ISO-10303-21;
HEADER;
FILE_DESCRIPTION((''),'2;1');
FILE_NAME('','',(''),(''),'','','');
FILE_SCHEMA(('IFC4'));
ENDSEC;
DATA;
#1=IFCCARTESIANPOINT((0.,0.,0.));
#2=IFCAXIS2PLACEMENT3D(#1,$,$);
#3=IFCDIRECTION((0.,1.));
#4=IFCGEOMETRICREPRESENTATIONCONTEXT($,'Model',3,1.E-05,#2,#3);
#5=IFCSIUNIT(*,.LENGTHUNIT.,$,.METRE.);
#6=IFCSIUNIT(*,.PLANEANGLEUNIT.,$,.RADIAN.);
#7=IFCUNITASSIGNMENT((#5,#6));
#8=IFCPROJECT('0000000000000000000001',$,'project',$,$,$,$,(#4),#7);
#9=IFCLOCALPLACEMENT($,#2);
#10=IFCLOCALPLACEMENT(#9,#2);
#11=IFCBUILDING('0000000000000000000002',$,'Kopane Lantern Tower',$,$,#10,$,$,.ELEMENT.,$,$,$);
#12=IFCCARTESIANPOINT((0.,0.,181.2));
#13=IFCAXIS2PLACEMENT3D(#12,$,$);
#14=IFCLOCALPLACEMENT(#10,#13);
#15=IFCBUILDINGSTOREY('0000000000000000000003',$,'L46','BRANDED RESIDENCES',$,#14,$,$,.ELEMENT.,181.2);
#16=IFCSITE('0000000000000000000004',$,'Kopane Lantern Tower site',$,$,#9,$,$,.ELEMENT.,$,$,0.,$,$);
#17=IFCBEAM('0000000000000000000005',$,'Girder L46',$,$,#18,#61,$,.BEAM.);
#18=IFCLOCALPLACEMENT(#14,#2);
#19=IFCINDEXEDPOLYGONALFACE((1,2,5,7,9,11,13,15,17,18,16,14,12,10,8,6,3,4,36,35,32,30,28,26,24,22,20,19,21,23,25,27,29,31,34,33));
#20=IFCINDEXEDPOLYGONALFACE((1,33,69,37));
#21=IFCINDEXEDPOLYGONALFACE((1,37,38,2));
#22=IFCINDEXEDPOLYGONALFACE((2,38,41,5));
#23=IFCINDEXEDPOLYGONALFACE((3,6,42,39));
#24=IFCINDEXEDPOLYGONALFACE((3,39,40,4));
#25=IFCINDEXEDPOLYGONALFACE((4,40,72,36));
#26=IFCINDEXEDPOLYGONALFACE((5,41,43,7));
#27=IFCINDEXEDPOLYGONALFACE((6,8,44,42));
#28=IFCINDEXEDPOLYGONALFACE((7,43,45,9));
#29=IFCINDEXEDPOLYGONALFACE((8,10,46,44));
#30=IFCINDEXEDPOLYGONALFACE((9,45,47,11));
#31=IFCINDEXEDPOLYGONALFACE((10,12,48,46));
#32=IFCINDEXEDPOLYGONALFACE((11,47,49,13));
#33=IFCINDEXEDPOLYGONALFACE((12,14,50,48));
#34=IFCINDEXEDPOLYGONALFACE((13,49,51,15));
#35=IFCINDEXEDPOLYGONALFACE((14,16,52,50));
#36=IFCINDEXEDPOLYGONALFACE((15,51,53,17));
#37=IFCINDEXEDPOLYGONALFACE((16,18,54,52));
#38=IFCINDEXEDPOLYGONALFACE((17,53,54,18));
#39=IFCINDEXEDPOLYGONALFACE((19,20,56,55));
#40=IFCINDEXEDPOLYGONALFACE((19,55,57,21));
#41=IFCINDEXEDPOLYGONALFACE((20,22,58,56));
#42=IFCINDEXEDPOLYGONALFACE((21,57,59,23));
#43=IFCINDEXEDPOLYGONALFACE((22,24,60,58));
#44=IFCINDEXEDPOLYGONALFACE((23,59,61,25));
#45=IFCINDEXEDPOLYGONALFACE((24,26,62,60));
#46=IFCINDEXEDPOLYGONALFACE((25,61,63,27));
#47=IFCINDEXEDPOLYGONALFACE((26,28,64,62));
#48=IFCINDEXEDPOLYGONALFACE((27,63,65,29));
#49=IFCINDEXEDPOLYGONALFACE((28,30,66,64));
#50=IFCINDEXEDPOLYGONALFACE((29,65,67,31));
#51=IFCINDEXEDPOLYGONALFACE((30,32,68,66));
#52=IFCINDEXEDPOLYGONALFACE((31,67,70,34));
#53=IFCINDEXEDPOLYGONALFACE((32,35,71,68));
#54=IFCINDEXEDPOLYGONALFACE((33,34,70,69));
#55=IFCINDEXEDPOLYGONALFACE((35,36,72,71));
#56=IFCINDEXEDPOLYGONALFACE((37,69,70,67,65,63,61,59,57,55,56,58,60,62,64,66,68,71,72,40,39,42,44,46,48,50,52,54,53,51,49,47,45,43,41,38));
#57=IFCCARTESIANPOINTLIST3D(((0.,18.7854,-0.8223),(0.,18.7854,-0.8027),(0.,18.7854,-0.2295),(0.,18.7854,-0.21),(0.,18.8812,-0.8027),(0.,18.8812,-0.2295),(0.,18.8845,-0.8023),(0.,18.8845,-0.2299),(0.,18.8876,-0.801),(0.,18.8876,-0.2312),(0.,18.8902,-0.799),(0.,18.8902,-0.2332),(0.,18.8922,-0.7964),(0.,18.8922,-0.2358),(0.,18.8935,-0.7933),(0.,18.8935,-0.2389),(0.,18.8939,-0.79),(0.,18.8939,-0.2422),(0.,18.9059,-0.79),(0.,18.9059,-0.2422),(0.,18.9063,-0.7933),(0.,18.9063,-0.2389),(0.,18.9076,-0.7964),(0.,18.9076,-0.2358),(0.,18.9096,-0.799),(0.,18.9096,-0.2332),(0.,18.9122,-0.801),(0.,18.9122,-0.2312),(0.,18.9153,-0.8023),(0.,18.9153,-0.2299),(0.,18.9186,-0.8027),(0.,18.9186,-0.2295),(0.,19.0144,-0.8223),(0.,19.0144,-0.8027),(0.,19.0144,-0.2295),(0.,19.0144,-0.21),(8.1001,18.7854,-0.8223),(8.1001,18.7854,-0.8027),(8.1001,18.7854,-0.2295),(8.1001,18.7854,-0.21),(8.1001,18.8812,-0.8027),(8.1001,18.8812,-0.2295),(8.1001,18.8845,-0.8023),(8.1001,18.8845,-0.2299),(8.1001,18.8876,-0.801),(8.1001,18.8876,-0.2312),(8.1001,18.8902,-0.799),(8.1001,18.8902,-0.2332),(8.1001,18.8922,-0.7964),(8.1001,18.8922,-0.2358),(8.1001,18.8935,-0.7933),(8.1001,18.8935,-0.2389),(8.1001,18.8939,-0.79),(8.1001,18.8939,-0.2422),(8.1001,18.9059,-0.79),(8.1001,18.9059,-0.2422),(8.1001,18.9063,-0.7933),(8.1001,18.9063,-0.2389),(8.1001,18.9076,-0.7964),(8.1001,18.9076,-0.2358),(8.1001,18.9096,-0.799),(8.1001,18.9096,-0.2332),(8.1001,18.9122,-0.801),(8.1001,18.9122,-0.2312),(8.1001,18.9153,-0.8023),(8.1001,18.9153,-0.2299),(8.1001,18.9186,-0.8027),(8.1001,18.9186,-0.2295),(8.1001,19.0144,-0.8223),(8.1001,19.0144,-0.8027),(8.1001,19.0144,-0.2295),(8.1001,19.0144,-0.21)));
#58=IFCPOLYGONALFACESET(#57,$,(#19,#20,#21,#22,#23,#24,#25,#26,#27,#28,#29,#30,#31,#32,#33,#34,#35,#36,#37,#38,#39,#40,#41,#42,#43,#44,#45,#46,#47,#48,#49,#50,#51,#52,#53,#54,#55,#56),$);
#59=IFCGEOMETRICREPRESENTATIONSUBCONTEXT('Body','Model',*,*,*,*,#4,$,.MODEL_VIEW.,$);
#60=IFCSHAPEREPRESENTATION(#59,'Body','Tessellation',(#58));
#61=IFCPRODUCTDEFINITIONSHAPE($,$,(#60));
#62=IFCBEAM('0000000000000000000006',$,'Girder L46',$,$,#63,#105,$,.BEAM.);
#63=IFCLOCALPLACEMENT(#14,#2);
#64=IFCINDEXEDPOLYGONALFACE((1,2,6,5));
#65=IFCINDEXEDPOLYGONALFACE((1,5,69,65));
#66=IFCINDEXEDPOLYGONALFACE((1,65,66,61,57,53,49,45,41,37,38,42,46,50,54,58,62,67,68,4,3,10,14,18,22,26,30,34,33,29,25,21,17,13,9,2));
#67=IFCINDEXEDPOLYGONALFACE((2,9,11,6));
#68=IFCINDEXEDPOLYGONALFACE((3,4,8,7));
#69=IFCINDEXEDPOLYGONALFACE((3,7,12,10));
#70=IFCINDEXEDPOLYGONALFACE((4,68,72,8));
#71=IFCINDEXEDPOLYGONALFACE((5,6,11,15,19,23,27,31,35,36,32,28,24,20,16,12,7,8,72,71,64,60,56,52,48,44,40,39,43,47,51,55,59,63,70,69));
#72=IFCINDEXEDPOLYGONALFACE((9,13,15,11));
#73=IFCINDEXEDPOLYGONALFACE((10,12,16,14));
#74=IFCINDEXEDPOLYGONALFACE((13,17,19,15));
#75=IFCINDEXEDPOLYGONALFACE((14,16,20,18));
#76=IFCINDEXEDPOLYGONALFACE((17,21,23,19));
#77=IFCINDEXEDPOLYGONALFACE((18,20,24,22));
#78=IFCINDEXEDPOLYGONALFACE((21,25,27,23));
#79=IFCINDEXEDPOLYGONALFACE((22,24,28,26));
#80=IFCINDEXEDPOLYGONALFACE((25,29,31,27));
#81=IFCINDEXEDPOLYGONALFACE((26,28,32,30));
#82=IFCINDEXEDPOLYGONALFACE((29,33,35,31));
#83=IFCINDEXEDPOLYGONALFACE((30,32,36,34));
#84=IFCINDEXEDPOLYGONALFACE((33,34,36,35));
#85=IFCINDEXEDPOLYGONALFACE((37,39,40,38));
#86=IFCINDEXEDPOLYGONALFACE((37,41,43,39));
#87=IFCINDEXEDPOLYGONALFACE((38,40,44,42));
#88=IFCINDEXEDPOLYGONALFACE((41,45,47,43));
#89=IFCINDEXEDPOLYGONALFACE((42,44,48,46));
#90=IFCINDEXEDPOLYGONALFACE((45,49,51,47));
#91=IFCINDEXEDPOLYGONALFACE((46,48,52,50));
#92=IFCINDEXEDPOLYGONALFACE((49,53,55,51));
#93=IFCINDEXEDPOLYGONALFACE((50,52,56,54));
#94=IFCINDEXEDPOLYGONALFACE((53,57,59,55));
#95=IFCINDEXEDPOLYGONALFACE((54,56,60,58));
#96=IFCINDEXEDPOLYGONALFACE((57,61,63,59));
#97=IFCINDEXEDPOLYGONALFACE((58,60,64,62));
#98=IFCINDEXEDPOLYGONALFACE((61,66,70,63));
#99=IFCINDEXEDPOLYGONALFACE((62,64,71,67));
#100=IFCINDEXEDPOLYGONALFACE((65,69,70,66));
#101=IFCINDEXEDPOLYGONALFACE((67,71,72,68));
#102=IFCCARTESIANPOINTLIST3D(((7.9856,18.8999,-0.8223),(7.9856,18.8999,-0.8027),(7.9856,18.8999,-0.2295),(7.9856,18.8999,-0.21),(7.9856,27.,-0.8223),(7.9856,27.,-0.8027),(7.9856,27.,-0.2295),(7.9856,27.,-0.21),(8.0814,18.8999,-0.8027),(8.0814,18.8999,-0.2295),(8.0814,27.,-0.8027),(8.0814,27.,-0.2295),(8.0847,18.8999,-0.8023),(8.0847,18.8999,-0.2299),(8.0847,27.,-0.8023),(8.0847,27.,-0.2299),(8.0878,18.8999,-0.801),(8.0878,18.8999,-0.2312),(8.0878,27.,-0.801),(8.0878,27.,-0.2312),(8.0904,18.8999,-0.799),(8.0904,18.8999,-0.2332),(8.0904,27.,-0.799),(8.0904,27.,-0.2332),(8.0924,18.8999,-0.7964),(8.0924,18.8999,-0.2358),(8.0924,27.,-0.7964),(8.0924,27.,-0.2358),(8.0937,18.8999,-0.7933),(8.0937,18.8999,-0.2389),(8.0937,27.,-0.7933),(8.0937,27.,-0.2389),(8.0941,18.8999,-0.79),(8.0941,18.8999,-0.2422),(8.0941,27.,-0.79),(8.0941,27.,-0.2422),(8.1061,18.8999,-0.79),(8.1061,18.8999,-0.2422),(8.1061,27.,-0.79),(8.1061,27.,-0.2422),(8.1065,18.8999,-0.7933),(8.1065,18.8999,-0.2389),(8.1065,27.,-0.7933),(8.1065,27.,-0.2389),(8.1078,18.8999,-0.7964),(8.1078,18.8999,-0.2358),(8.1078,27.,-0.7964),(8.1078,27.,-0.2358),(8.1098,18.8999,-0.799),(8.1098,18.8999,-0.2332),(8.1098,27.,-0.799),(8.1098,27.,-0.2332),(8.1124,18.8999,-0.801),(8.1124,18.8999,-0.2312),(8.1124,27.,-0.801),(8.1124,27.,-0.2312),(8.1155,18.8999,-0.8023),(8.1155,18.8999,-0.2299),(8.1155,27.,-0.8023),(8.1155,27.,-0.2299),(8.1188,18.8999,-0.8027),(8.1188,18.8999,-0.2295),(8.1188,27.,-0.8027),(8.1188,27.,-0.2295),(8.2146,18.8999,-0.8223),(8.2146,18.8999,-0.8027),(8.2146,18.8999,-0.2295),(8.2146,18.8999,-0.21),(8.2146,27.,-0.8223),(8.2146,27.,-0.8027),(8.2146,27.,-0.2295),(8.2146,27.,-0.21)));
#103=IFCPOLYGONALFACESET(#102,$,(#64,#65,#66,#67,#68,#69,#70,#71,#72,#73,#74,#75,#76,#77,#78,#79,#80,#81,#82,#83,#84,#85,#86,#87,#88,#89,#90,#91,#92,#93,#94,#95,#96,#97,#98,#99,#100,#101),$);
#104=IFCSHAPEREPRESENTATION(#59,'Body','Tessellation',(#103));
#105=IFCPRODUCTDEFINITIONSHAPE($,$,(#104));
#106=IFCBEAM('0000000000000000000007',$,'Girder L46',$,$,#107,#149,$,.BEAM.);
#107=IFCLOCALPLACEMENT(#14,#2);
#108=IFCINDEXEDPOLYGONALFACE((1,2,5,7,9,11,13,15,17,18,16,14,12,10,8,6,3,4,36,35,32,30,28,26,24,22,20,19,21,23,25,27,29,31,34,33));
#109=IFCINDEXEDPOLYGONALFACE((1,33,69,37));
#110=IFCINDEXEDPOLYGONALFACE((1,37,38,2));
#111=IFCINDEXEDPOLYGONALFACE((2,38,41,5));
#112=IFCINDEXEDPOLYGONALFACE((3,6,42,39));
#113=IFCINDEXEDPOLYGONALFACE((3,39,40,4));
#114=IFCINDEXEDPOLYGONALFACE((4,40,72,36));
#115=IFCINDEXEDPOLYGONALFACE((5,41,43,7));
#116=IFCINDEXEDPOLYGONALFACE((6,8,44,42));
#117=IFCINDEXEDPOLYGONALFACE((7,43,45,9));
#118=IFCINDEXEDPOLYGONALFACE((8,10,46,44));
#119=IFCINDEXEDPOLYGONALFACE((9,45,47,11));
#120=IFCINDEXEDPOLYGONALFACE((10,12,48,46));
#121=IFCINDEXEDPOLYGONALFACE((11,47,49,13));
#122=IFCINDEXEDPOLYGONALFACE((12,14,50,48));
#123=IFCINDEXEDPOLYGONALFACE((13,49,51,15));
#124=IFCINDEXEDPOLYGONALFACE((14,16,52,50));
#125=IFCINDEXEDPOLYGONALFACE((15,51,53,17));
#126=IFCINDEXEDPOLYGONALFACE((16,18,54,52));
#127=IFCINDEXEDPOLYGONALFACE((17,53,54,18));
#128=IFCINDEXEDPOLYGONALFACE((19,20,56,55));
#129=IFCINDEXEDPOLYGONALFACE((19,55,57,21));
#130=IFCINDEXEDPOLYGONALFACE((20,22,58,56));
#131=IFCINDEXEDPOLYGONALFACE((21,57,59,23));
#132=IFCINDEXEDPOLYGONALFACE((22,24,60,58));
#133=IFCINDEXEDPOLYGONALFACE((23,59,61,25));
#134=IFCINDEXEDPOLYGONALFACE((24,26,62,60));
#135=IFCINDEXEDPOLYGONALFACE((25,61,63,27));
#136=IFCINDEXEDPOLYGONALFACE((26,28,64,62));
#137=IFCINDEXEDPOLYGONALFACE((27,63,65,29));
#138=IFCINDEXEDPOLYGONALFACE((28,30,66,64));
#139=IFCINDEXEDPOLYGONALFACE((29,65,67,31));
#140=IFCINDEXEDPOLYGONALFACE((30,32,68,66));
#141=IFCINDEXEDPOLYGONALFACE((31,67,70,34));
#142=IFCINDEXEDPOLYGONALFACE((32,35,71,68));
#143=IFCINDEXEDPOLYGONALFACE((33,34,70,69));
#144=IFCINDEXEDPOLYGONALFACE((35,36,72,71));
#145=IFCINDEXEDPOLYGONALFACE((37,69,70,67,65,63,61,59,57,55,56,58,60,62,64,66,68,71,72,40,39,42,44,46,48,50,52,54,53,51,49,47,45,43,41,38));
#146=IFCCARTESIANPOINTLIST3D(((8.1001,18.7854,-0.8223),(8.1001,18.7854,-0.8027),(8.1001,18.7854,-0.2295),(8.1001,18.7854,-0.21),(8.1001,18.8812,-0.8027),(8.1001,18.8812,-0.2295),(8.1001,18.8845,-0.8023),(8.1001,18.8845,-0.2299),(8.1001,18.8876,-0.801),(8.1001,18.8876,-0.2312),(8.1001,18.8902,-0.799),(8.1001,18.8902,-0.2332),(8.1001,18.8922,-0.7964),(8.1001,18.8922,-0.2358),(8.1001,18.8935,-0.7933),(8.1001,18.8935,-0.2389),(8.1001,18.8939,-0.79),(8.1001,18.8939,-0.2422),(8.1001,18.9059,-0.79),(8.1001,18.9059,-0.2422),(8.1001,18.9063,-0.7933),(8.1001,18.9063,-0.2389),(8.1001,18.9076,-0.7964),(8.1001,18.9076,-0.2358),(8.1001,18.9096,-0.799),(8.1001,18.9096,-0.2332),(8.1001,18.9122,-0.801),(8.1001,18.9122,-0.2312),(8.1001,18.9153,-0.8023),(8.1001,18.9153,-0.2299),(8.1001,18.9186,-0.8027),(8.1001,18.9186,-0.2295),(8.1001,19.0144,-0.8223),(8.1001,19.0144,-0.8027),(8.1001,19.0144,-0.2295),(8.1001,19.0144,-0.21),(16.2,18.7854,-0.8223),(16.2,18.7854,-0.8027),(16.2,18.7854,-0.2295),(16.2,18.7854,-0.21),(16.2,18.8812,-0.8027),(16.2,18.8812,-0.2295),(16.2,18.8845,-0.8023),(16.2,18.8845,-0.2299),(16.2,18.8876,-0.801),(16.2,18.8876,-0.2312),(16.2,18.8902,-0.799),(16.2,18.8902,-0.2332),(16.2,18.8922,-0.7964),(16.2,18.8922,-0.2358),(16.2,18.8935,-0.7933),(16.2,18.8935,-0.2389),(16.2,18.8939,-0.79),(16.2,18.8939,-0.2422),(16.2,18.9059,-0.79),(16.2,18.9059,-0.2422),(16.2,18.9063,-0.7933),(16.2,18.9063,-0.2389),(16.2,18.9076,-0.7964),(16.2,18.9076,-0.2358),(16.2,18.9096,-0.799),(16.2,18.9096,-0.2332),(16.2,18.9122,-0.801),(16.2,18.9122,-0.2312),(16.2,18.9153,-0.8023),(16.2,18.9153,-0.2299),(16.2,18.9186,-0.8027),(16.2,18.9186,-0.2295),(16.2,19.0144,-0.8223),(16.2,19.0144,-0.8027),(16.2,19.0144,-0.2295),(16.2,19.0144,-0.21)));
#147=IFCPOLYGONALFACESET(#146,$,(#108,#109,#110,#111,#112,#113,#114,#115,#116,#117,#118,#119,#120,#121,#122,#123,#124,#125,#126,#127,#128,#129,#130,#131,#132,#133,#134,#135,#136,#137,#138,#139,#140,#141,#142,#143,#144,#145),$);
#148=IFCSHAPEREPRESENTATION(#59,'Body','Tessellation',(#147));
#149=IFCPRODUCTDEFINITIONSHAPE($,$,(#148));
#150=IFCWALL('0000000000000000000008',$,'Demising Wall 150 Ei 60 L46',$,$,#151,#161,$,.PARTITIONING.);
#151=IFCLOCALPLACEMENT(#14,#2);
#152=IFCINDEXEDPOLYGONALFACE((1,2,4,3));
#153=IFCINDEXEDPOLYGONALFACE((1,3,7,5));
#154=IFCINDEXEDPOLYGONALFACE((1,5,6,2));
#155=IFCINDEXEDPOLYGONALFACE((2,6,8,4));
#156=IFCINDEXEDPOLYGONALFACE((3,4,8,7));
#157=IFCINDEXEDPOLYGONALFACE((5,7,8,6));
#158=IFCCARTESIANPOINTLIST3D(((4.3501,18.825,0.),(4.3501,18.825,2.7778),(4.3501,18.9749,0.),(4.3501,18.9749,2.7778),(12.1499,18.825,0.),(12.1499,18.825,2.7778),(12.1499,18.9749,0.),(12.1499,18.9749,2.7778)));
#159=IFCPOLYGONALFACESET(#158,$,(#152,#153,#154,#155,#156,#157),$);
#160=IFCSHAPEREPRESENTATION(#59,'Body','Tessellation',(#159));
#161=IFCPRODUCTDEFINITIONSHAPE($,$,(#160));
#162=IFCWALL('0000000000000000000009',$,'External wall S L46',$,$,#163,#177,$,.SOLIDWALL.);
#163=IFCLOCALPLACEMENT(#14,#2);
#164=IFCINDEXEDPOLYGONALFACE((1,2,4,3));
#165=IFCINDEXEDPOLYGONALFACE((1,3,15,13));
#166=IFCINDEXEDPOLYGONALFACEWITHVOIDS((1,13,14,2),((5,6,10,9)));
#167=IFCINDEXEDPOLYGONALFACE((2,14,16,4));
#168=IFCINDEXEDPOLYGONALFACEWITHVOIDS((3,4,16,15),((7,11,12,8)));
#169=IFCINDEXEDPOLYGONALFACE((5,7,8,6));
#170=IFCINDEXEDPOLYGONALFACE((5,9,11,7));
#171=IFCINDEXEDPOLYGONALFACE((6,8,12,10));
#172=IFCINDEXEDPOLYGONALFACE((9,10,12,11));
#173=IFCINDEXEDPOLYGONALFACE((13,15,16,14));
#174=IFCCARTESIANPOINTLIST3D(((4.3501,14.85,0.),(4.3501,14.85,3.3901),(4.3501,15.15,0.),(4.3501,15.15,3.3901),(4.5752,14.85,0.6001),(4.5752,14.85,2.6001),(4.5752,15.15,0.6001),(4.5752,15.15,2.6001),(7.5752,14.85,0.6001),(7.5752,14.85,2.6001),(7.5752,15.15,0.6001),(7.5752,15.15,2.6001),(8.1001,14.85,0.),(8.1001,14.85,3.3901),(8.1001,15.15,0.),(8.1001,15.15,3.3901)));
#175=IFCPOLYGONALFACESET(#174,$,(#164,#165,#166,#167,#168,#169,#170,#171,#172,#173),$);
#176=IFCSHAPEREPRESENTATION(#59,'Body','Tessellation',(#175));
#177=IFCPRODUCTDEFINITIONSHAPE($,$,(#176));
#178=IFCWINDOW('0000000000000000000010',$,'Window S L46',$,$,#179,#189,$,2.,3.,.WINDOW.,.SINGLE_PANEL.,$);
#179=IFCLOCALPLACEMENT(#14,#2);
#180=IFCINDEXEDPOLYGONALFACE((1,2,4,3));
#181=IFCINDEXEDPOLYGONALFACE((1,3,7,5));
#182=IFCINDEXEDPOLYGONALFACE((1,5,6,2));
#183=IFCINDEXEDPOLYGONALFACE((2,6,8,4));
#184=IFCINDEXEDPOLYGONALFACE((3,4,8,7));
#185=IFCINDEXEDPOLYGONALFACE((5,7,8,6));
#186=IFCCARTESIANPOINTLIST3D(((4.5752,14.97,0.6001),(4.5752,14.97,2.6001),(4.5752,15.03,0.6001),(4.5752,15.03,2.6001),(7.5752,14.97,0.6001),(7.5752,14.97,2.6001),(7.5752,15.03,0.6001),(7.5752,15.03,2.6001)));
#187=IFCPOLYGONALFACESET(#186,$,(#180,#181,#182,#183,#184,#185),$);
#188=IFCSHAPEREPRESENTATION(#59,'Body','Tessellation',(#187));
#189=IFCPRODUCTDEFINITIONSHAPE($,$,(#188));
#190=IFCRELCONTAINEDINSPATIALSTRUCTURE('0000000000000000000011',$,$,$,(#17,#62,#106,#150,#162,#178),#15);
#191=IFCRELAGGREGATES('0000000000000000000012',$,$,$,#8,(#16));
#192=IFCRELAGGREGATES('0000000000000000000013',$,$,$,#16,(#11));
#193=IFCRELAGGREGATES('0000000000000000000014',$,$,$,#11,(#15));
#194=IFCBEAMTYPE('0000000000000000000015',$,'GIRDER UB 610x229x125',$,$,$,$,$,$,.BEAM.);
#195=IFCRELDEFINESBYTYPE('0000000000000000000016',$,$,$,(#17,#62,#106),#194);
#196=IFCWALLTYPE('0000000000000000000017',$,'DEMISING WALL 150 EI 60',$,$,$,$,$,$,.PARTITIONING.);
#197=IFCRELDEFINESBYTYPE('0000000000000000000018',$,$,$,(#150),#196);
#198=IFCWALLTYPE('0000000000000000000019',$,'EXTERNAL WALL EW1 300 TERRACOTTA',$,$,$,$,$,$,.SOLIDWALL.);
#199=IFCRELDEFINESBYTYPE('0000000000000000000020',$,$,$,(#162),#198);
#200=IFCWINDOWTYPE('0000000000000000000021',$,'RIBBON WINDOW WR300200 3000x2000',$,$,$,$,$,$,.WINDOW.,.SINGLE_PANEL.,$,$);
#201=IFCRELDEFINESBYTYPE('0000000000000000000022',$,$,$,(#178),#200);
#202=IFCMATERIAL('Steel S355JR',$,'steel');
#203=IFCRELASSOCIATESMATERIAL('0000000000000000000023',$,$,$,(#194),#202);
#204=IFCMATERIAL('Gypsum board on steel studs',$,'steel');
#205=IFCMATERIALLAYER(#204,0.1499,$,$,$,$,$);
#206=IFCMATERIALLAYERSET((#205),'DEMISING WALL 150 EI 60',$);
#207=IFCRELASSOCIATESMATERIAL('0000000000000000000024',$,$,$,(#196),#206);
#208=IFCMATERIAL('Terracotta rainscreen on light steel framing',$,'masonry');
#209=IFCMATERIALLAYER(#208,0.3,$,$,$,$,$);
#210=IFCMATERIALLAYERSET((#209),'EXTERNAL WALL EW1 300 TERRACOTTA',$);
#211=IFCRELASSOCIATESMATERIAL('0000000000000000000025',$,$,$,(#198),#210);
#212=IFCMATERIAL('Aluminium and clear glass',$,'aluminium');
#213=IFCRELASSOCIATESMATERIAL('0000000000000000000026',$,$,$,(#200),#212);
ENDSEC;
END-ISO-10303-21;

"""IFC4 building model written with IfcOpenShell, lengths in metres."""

from ifc_helpers import new_model, si_unit, direction, frame, frame_2d, origin, origin_2d, place, context, subcontext, project, spatial, rectangle, i_section, extrude, material, layer, layer_set, material_profile, profile_set, type_object, element, fill, save


model = new_model("IFC4")

# Units and contexts
model_context = context("Model", 3, precision=1e-05, world=origin(), true_north=direction((0.0, 1.0)))
body_context = subcontext(model_context, "Body", "Model", "MODEL_VIEW")
ifc_project = project(units=[si_unit("LENGTHUNIT", "METRE"), si_unit("PLANEANGLEUNIT", "RADIAN")], contexts=[model_context])

# Site, building, storey
site_placement = place(None, origin())
site = spatial("IfcSite", under=ifc_project, at=site_placement, Name="Kopane Lantern Tower site", CompositionType="ELEMENT", RefElevation=0.0)
building_placement = place(site_placement, origin())
building = spatial("IfcBuilding", under=site, at=building_placement, Name="Kopane Lantern Tower", CompositionType="ELEMENT")
storey_placement = place(building_placement, frame((0.0, 0.0, 181.2)))
storey = spatial("IfcBuildingStorey", under=building, at=storey_placement, Name="L46", Description="BRANDED RESIDENCES", CompositionType="ELEMENT", Elevation=181.2)

# Beams
ifc_material_1 = material(Name="Steel S355JR", Category="steel")
ifc_material_profile_1 = material_profile(ifc_material_1, i_section(OverallWidth=0.229, OverallDepth=0.6123, WebThickness=0.012, FlangeThickness=0.0195, FilletRadius=0.0127, at=origin_2d()), Name="UB 610x229x125")
ifc_profile_set_1 = profile_set([ifc_material_profile_1], Name="Steel S355JR")
beam_type_1 = type_object("IfcBeamType", Name="GIRDER UB 610x229x125", PredefinedType="BEAM", material=ifc_profile_set_1)
for number, where, z_axis, x_axis, name in (
    (1, (0.0, 18.8999, -0.5161), (1.0, 0.0, 0.0), (0.0, 1.0, 0.0), "Girder L46"),
    (2, (8.1001, 18.8999, -0.5161), (0.0, 1.0, 0.0), (-1.0, 0.0, 0.0), "Girder L46"),
):
    element("IfcBeam", number, at=place(storey_placement, frame(where, z_axis=z_axis, x_axis=x_axis)), inside=storey, type_object=beam_type_1, Name=name, PredefinedType="BEAM", context=body_context, shape_type="SweptSolid", body=[
        extrude(i_section(OverallWidth=0.229, OverallDepth=0.6123, WebThickness=0.012, FlangeThickness=0.0195, FilletRadius=0.0127, at=origin_2d()), origin(), (0.0, 0.0, 1.0), 8.1001),
    ])
beam_1_placement = place(storey_placement, frame((8.1001, 18.8999, -0.5161), z_axis=(1.0, 0.0, 0.0), x_axis=(0.0, 1.0, 0.0)))
element("IfcBeam", 3, at=beam_1_placement, inside=storey, type_object=beam_type_1, Name="Girder L46", PredefinedType="BEAM", context=body_context, shape_type="SweptSolid", body=[
    extrude(i_section(OverallWidth=0.229, OverallDepth=0.6123, WebThickness=0.012, FlangeThickness=0.0195, FilletRadius=0.0127, at=origin_2d()), origin(), (0.0, 0.0, 1.0), 8.0999),
])

# Wall
ifc_material_2 = material(Name="Gypsum board on steel studs", Category="steel")
ifc_layer_1 = layer(ifc_material_2, 0.1499)
ifc_layer_set_1 = layer_set([ifc_layer_1], Name="DEMISING WALL 150 EI 60")
wall_type_1 = type_object("IfcWallType", Name="DEMISING WALL 150 EI 60", PredefinedType="PARTITIONING", material=ifc_layer_set_1)
wall_1_placement = place(storey_placement, frame((4.3501, 18.8999, 0.0), z_axis=(0.0, 0.0, 1.0), x_axis=(1.0, 0.0, 0.0)))
element("IfcWall", 4, at=wall_1_placement, inside=storey, type_object=wall_type_1, Name="Demising Wall 150 Ei 60 L46", PredefinedType="PARTITIONING", context=body_context, shape_type="SweptSolid", body=[
    extrude(rectangle(XDim=7.7998, YDim=0.1499, at=frame_2d((3.8999, 0.0))), origin(), (0.0, 0.0, 1.0), 2.7778),
])

# Wall, opening, window
ifc_material_3 = material(Name="Terracotta rainscreen on light steel framing", Category="masonry")
ifc_layer_2 = layer(ifc_material_3, 0.3)
ifc_layer_set_2 = layer_set([ifc_layer_2], Name="EXTERNAL WALL EW1 300 TERRACOTTA")
wall_type_2 = type_object("IfcWallType", Name="EXTERNAL WALL EW1 300 TERRACOTTA", PredefinedType="SOLIDWALL", material=ifc_layer_set_2)
wall_2_placement = place(storey_placement, frame((4.3501, 15.0, 0.0), z_axis=(0.0, 0.0, 1.0), x_axis=(1.0, 0.0, 0.0)))
wall_2 = element("IfcWall", 5, at=wall_2_placement, inside=storey, type_object=wall_type_2, Name="External wall S L46", PredefinedType="SOLIDWALL", context=body_context, shape_type="SweptSolid", body=[
    extrude(rectangle(XDim=3.75, YDim=0.3, at=frame_2d((1.875, 0.0))), origin(), (0.0, 0.0, 1.0), 3.3901),
])
opening_1_placement = place(wall_2_placement, frame((0.2251, 0.0, 0.6001)))
opening_1 = element("IfcOpeningElement", 6, at=opening_1_placement, cuts=wall_2, PredefinedType="OPENING", context=body_context, shape_type="SweptSolid", body=[
    extrude(rectangle(XDim=3.0, YDim=2.0, at=frame_2d((1.5, 1.0))), frame((0.0, 0.1599, 0.0), z_axis=(0.0, -1.0, 0.0), x_axis=(1.0, 0.0, 0.0)), (0.0, 0.0, 1.0), 0.3201),
])
ifc_material_4 = material(Name="Aluminium and clear glass", Category="aluminium")
window_type = type_object("IfcWindowType", Name="RIBBON WINDOW WR300200 3000x2000", PartitioningType="SINGLE_PANEL", PredefinedType="WINDOW", material=ifc_material_4)
window_placement = place(opening_1_placement, origin())
window = element("IfcWindow", 7, at=window_placement, inside=storey, type_object=window_type, Name="Window S L46", OverallHeight=2.0, OverallWidth=3.0, PartitioningType="SINGLE_PANEL", PredefinedType="WINDOW", context=body_context, shape_type="SweptSolid", body=[
    extrude(rectangle(XDim=3.0, YDim=2.0, at=frame_2d((1.5, 1.0))), frame((0.0, 0.03, 0.0), z_axis=(0.0, -1.0, 0.0), x_axis=(1.0, 0.0, 0.0)), (0.0, 0.0, 1.0), 0.0601),
])
fill(opening_1, window)

save(model, "model.ifc")
